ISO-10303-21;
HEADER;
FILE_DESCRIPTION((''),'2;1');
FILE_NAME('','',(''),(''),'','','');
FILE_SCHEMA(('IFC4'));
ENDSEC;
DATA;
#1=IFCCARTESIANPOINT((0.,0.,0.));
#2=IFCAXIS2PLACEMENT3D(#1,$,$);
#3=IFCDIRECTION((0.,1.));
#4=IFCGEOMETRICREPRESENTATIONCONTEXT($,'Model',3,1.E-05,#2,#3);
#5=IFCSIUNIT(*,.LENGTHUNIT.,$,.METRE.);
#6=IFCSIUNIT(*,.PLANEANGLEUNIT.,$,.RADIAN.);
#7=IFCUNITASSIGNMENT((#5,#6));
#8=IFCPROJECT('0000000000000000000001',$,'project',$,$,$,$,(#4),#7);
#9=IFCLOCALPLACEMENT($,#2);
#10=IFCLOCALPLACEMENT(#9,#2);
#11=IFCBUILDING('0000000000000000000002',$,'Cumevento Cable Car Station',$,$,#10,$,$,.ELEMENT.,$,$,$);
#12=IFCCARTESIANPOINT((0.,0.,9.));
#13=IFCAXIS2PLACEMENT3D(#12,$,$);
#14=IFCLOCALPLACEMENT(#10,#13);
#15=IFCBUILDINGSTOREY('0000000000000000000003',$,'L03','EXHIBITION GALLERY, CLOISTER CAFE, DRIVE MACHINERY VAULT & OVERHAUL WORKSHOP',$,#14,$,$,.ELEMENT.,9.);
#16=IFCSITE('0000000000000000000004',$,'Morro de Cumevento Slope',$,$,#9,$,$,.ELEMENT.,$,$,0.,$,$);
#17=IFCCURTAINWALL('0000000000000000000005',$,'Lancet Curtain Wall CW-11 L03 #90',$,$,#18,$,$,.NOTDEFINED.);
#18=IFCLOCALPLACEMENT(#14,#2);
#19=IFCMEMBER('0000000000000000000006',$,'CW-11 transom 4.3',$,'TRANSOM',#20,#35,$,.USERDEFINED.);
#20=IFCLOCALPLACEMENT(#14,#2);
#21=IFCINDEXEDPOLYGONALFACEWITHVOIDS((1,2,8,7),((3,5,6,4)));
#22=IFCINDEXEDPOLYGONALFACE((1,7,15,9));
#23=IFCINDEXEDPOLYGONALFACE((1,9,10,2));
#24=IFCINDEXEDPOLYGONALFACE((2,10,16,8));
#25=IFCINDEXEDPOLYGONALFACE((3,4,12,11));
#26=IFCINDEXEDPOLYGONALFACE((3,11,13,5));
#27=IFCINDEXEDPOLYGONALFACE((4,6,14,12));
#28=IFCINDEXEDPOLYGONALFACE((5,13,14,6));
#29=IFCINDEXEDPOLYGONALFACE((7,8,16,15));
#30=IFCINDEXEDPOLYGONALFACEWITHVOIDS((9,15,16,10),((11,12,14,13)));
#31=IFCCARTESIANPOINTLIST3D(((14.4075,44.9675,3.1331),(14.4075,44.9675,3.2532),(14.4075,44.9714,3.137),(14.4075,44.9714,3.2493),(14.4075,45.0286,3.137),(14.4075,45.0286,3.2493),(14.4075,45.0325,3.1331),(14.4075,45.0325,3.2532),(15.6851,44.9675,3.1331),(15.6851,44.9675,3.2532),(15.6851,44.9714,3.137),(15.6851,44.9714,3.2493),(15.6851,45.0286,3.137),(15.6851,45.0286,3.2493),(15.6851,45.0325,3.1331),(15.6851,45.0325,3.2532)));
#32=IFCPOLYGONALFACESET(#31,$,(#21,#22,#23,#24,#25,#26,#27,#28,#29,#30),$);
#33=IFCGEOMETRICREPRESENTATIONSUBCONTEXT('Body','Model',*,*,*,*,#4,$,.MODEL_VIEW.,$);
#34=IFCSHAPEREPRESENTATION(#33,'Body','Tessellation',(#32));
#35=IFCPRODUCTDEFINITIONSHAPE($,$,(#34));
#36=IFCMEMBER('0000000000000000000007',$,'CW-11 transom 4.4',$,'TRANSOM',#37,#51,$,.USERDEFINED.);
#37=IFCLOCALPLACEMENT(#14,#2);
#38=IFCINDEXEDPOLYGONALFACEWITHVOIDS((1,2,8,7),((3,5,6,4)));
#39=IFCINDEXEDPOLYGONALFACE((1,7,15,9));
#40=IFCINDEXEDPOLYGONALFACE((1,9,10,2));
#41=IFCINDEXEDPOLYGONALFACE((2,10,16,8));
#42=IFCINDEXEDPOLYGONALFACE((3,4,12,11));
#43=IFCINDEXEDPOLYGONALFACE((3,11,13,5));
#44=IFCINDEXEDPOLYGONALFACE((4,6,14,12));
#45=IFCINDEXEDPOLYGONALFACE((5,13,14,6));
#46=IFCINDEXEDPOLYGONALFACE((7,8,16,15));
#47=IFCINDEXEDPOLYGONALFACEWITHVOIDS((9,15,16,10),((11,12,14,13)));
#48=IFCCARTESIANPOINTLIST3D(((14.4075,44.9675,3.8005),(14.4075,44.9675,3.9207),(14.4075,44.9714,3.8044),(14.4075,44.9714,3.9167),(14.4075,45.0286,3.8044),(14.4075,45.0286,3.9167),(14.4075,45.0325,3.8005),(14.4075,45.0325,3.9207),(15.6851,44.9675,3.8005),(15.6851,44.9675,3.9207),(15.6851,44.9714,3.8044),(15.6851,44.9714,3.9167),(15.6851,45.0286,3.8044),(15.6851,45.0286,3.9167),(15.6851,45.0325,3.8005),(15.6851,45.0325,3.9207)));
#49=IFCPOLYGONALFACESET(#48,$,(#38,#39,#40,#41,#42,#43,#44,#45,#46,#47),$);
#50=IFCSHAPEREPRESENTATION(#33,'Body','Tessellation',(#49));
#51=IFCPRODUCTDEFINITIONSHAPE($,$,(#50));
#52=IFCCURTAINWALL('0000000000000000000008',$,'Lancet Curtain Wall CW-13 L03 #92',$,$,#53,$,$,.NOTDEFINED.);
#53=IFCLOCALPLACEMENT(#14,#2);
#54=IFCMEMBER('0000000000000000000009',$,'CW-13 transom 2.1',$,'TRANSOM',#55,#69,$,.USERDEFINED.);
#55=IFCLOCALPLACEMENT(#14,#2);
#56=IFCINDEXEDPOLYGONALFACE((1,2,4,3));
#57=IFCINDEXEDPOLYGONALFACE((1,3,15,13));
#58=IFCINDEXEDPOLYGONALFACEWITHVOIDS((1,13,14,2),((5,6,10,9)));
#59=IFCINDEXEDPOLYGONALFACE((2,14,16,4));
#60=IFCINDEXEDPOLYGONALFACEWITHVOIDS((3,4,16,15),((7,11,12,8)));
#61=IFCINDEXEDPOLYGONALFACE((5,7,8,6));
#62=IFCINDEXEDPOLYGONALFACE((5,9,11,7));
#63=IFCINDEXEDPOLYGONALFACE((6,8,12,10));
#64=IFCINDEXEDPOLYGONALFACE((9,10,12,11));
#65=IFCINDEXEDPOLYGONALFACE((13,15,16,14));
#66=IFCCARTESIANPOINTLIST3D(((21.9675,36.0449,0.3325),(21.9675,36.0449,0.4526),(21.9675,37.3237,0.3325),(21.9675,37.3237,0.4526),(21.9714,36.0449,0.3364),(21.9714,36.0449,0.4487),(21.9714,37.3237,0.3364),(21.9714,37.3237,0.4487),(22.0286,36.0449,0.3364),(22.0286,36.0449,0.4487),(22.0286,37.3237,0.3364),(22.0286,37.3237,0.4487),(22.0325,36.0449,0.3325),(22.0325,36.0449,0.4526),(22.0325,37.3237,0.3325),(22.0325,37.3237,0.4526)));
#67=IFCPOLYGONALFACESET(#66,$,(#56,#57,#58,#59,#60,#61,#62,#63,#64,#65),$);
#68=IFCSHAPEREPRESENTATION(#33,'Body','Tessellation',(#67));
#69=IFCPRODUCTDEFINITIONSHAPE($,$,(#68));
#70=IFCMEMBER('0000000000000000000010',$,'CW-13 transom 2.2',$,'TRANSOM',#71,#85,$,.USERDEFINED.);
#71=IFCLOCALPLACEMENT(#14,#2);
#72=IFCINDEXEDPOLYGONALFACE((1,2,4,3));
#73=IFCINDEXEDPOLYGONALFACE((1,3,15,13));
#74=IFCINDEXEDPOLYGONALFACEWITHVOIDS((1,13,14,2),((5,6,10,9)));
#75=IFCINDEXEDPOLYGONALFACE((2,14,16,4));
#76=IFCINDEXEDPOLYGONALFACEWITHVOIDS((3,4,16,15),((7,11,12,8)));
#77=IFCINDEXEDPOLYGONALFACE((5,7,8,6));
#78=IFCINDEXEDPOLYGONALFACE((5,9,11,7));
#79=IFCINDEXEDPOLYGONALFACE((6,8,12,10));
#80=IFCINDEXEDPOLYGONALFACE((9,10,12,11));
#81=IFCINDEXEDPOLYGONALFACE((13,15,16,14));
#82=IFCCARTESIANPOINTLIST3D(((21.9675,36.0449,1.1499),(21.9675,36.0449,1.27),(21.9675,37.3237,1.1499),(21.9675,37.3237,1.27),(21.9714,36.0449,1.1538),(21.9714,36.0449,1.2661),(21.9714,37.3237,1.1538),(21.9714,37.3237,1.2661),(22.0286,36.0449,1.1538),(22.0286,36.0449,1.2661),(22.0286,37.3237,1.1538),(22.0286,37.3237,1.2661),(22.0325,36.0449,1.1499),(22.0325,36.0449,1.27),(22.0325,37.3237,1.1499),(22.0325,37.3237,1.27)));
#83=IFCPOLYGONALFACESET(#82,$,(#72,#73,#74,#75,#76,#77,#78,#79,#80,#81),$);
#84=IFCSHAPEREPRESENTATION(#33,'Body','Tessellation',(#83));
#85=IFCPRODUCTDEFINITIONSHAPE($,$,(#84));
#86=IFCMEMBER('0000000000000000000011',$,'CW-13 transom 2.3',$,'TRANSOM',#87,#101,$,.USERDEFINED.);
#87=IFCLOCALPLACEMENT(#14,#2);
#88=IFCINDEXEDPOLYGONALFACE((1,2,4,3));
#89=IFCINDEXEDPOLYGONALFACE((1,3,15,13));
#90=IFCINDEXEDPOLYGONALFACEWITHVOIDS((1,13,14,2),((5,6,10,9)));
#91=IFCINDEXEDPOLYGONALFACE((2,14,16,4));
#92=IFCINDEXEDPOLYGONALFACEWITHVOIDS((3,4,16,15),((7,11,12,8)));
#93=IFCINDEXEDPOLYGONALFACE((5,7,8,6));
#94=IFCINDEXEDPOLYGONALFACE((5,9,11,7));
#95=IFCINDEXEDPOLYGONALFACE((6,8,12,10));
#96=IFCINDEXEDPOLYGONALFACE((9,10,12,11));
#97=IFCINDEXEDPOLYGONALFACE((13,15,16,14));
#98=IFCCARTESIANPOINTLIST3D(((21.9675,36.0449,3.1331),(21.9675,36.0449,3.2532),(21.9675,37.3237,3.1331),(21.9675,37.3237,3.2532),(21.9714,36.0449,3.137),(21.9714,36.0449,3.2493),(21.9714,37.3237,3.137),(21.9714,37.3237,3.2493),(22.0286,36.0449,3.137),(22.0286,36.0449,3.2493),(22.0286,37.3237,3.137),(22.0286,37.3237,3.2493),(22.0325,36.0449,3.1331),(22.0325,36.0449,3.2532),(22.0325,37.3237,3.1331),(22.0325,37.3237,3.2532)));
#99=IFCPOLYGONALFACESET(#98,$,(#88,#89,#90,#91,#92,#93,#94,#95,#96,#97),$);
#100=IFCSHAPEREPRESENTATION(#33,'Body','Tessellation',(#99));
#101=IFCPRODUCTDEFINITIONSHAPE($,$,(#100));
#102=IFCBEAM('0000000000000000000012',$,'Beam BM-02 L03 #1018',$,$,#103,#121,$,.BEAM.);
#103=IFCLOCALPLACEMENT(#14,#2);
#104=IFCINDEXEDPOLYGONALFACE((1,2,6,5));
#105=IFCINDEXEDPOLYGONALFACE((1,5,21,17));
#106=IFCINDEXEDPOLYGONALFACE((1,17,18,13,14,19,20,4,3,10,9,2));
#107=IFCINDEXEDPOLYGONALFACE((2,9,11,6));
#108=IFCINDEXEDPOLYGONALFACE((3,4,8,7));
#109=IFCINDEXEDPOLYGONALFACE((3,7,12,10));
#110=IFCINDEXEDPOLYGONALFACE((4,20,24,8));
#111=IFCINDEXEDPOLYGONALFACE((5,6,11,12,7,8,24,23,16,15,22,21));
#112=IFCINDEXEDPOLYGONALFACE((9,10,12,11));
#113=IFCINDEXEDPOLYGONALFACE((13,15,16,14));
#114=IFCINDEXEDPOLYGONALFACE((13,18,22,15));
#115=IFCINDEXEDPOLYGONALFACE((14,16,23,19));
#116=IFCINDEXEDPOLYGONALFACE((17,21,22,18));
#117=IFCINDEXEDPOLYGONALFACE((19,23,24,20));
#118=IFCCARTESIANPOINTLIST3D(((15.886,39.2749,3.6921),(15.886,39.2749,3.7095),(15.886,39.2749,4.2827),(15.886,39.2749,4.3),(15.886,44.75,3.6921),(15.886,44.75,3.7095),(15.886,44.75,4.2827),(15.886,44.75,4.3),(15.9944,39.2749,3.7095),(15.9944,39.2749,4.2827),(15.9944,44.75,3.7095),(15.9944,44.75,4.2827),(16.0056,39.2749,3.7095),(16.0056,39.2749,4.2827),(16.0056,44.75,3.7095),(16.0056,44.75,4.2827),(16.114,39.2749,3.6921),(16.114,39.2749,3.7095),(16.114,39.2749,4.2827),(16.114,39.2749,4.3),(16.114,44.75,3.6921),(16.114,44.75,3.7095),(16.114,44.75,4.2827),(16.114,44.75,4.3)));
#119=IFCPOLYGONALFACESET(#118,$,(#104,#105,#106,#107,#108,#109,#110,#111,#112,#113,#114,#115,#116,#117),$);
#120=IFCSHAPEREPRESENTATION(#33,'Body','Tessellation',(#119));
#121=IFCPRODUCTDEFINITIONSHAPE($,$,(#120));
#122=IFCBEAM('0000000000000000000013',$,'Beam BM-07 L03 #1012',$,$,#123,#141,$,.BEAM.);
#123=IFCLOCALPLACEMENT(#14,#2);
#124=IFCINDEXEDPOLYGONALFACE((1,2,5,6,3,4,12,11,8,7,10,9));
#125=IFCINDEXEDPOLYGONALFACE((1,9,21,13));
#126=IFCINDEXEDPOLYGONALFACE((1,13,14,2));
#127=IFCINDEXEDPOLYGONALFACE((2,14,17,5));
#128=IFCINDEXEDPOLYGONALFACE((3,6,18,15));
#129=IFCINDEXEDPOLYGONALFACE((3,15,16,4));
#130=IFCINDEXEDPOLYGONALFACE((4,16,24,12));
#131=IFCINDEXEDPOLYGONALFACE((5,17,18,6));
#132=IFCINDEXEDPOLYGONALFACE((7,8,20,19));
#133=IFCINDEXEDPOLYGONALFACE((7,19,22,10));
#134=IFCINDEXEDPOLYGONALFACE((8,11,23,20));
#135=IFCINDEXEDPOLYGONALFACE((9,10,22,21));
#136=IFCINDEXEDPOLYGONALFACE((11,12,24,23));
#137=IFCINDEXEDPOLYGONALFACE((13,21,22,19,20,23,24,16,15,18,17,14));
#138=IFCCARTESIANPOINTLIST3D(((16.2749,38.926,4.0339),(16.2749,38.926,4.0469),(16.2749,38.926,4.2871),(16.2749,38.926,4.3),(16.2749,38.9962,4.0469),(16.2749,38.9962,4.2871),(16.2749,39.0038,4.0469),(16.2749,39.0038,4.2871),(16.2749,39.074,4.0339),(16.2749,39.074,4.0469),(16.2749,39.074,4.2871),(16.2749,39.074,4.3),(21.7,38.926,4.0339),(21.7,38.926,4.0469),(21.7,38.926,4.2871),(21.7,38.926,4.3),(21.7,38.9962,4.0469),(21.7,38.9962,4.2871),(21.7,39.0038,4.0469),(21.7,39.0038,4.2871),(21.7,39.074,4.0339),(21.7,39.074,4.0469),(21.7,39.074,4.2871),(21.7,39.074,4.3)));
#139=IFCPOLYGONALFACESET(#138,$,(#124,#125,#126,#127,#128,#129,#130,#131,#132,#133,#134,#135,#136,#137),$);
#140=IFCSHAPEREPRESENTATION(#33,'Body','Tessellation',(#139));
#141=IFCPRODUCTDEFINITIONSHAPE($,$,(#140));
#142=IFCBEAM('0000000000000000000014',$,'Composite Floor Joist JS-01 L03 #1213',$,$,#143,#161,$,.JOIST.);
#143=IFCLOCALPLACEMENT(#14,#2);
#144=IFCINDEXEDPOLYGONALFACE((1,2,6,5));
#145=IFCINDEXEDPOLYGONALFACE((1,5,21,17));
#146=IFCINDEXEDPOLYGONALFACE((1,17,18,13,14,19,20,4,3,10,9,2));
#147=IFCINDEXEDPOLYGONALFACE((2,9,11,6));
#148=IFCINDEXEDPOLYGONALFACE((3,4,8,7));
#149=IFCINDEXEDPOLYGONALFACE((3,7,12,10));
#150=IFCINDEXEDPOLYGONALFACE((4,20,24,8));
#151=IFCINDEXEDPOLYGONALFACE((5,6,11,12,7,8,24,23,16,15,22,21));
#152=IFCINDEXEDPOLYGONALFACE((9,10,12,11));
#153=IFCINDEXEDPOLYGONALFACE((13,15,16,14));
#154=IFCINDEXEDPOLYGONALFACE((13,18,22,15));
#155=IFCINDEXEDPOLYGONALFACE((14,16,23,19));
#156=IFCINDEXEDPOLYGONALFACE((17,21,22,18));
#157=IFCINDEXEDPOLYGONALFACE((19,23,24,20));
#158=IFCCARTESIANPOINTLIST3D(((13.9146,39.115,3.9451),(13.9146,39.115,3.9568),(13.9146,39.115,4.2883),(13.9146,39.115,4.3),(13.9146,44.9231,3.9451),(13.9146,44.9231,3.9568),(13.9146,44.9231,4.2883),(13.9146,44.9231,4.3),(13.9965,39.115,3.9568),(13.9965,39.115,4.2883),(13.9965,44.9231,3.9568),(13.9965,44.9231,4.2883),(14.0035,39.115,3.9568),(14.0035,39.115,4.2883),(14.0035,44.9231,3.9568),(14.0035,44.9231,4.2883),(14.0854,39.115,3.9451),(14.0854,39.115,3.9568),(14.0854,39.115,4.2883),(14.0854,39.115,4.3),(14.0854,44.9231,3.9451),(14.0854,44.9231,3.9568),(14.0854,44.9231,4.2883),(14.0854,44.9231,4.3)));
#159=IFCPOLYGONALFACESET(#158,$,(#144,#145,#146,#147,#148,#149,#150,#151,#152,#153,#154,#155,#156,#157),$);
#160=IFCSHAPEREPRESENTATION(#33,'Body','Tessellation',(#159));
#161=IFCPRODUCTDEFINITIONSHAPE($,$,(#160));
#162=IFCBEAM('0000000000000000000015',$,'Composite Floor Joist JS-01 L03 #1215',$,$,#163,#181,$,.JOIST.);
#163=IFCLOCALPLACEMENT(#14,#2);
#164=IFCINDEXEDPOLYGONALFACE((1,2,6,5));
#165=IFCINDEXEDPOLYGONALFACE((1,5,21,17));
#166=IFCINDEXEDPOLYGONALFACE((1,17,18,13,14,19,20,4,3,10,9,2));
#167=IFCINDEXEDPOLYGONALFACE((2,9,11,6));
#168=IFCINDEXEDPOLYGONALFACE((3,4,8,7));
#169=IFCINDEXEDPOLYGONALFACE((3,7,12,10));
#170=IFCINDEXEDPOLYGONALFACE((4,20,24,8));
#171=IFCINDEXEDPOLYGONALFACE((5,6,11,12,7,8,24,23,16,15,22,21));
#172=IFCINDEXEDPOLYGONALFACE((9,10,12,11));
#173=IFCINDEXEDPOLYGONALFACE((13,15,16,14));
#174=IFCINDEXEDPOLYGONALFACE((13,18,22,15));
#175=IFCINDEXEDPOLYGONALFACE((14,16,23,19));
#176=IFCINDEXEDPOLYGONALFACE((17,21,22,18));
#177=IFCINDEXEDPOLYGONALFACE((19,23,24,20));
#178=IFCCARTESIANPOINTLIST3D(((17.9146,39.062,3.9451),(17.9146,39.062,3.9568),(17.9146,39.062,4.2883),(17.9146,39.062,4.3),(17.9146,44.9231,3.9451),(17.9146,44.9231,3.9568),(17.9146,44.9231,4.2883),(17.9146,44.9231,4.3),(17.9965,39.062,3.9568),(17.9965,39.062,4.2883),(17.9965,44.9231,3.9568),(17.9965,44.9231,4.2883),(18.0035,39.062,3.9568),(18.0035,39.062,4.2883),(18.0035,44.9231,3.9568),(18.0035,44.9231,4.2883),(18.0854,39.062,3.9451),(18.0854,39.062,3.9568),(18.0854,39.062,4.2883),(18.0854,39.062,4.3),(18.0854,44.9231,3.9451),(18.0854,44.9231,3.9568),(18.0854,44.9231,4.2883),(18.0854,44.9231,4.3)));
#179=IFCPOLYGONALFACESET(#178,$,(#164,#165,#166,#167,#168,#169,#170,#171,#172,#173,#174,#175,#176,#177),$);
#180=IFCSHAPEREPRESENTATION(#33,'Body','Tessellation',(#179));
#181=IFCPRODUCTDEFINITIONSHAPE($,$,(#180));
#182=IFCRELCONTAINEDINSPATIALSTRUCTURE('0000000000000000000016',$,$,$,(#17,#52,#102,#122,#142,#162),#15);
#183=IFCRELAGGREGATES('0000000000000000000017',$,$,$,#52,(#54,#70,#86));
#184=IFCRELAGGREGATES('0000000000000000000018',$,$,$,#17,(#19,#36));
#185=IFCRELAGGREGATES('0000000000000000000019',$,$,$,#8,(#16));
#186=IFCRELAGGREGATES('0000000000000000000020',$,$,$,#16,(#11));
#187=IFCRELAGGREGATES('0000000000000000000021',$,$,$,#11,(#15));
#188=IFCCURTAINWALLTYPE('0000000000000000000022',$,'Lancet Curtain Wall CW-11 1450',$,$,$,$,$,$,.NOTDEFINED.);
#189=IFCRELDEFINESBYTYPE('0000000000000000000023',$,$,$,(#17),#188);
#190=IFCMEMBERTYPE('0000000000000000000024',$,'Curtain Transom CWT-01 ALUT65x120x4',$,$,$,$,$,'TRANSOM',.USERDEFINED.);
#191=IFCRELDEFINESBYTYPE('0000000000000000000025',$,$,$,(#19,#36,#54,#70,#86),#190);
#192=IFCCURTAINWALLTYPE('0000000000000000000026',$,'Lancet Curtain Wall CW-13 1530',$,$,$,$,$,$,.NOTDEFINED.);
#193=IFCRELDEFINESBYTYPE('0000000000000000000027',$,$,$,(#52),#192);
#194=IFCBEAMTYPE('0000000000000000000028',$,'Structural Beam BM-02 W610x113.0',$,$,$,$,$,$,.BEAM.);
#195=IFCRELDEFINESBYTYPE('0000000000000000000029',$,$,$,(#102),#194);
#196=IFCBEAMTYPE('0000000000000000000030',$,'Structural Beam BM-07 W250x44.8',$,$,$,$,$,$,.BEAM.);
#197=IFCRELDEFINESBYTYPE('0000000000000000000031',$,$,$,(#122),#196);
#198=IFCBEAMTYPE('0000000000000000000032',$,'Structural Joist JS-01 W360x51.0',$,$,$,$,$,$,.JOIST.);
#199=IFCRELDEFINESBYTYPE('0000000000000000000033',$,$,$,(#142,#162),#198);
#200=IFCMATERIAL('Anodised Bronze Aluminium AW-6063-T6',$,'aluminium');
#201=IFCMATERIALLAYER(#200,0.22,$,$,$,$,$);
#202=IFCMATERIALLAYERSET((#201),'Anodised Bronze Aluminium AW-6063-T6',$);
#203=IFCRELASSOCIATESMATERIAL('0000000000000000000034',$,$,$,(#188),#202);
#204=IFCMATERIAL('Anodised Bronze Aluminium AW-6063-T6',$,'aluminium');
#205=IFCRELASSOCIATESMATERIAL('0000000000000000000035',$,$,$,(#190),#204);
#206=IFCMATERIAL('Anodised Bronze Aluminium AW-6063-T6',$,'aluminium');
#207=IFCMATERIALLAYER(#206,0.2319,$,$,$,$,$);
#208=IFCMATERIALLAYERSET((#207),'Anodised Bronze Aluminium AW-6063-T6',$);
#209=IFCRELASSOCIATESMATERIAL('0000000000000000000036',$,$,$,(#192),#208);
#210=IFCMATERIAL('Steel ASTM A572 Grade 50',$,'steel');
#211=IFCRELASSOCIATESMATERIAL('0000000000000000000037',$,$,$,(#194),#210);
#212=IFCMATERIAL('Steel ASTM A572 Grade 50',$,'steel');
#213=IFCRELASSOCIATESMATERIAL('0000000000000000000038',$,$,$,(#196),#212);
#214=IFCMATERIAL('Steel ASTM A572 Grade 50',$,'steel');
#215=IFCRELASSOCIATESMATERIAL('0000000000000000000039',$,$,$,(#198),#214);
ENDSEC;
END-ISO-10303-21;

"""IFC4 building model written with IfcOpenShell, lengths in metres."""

from ifc_helpers import new_model, si_unit, direction, frame, origin, origin_2d, place, context, subcontext, project, spatial, hollow_rectangle, i_section, extrude, material, layer, layer_set, material_profile, profile_set, type_object, element, aggregate, save


model = new_model("IFC4")

# Units and contexts
model_context = context("Model", 3, precision=1e-05, world=origin(), true_north=direction((0.0, 1.0)))
body_context = subcontext(model_context, "Body", "Model", "MODEL_VIEW")
ifc_project = project(units=[si_unit("LENGTHUNIT", "METRE"), si_unit("PLANEANGLEUNIT", "RADIAN")], contexts=[model_context])

# Site, building, storey
site_placement = place(None, origin())
site = spatial("IfcSite", under=ifc_project, at=site_placement, Name="Morro de Cumevento Slope", CompositionType="ELEMENT", RefElevation=0.0)
building_placement = place(site_placement, origin())
building = spatial("IfcBuilding", under=site, at=building_placement, Name="Cumevento Cable Car Station", CompositionType="ELEMENT")
storey_placement = place(building_placement, frame((0.0, 0.0, 9.0)))
storey = spatial("IfcBuildingStorey", under=building, at=storey_placement, Name="L03", Description="EXHIBITION GALLERY, CLOISTER CAFE, DRIVE MACHINERY VAULT & OVERHAUL WORKSHOP", CompositionType="ELEMENT", Elevation=9.0)

# Curtain walls, members
ifc_material_1 = material(Name="Anodised Bronze Aluminium AW-6063-T6", Category="aluminium")
ifc_layer_1 = layer(ifc_material_1, 0.22)
ifc_layer_set_1 = layer_set([ifc_layer_1], Name="Anodised Bronze Aluminium AW-6063-T6")
curtain_wall_type_1 = type_object("IfcCurtainWallType", Name="Lancet Curtain Wall CW-11 1450", PredefinedType="NOTDEFINED", material=ifc_layer_set_1)
curtain_wall_1_placement = place(storey_placement, origin())
curtain_wall_1 = element("IfcCurtainWall", 1, at=curtain_wall_1_placement, inside=storey, type_object=curtain_wall_type_1, Name="Lancet Curtain Wall CW-11 L03 #90", PredefinedType="NOTDEFINED")
ifc_material_2 = material(Name="Anodised Bronze Aluminium AW-6063-T6", Category="aluminium")
ifc_material_profile_1 = material_profile(ifc_material_2, hollow_rectangle(XDim=0.0649, YDim=0.1201, WallThickness=0.0039, at=origin_2d()), Name="ALUT65x120x4")
ifc_profile_set_1 = profile_set([ifc_material_profile_1], Name="Anodised Bronze Aluminium AW-6063-T6")
member_type_1 = type_object("IfcMemberType", Name="Curtain Transom CWT-01 ALUT65x120x4", ElementType="TRANSOM", PredefinedType="USERDEFINED", material=ifc_profile_set_1)
member_1_placement = place(storey_placement, frame((14.4075, 45.0, 3.1931), z_axis=(1.0, 0.0, 0.0), x_axis=(0.0, 1.0, 0.0)))
member_1 = element("IfcMember", 2, at=member_1_placement, type_object=member_type_1, Name="CW-11 transom 4.3", ObjectType="TRANSOM", PredefinedType="USERDEFINED", context=body_context, shape_type="SweptSolid", body=[
    extrude(hollow_rectangle(XDim=0.0649, YDim=0.1201, WallThickness=0.0039, at=origin_2d()), origin(), (0.0, 0.0, 1.0), 1.2776),
])
member_2_placement = place(storey_placement, frame((14.4075, 45.0, 3.8606), z_axis=(1.0, 0.0, 0.0), x_axis=(0.0, 1.0, 0.0)))
member_2 = element("IfcMember", 3, at=member_2_placement, type_object=member_type_1, Name="CW-11 transom 4.4", ObjectType="TRANSOM", PredefinedType="USERDEFINED", context=body_context, shape_type="SweptSolid", body=[
    extrude(hollow_rectangle(XDim=0.0649, YDim=0.1201, WallThickness=0.0039, at=origin_2d()), origin(), (0.0, 0.0, 1.0), 1.2776),
])
ifc_material_3 = material(Name="Anodised Bronze Aluminium AW-6063-T6", Category="aluminium")
ifc_layer_2 = layer(ifc_material_3, 0.2319)
ifc_layer_set_2 = layer_set([ifc_layer_2], Name="Anodised Bronze Aluminium AW-6063-T6")
curtain_wall_type_2 = type_object("IfcCurtainWallType", Name="Lancet Curtain Wall CW-13 1530", PredefinedType="NOTDEFINED", material=ifc_layer_set_2)
curtain_wall_2_placement = place(storey_placement, origin())
curtain_wall_2 = element("IfcCurtainWall", 4, at=curtain_wall_2_placement, inside=storey, type_object=curtain_wall_type_2, Name="Lancet Curtain Wall CW-13 L03 #92", PredefinedType="NOTDEFINED")
member_3_placement = place(storey_placement, frame((22.0, 37.3237, 0.3926), z_axis=(0.0, -1.0, 0.0), x_axis=(1.0, 0.0, 0.0)))
member_3 = element("IfcMember", 5, at=member_3_placement, type_object=member_type_1, Name="CW-13 transom 2.1", ObjectType="TRANSOM", PredefinedType="USERDEFINED", context=body_context, shape_type="SweptSolid", body=[
    extrude(hollow_rectangle(XDim=0.0649, YDim=0.1201, WallThickness=0.0039, at=origin_2d()), origin(), (0.0, 0.0, 1.0), 1.2788),
])
member_4_placement = place(storey_placement, frame((22.0, 37.3237, 1.21), z_axis=(0.0, -1.0, 0.0), x_axis=(1.0, 0.0, 0.0)))
member_4 = element("IfcMember", 6, at=member_4_placement, type_object=member_type_1, Name="CW-13 transom 2.2", ObjectType="TRANSOM", PredefinedType="USERDEFINED", context=body_context, shape_type="SweptSolid", body=[
    extrude(hollow_rectangle(XDim=0.0649, YDim=0.1201, WallThickness=0.0039, at=origin_2d()), origin(), (0.0, 0.0, 1.0), 1.2788),
])
member_5_placement = place(storey_placement, frame((22.0, 37.3237, 3.1931), z_axis=(0.0, -1.0, 0.0), x_axis=(1.0, 0.0, 0.0)))
member_5 = element("IfcMember", 7, at=member_5_placement, type_object=member_type_1, Name="CW-13 transom 2.3", ObjectType="TRANSOM", PredefinedType="USERDEFINED", context=body_context, shape_type="SweptSolid", body=[
    extrude(hollow_rectangle(XDim=0.0649, YDim=0.1201, WallThickness=0.0039, at=origin_2d()), origin(), (0.0, 0.0, 1.0), 1.2788),
])
aggregate(curtain_wall_2, [member_3, member_4, member_5])

# Beams
ifc_material_4 = material(Name="Steel ASTM A572 Grade 50", Category="steel")
ifc_material_profile_2 = material_profile(ifc_material_4, i_section(OverallWidth=0.228, OverallDepth=0.6079, WebThickness=0.0112, FlangeThickness=0.0173, at=origin_2d()), Name="W610x113.0")
ifc_profile_set_2 = profile_set([ifc_material_profile_2], Name="Steel ASTM A572 Grade 50")
beam_type_1 = type_object("IfcBeamType", Name="Structural Beam BM-02 W610x113.0", PredefinedType="BEAM", material=ifc_profile_set_2)
beam_1_placement = place(storey_placement, frame((16.0, 39.2749, 3.9961), z_axis=(0.0, 1.0, 0.0), x_axis=(-1.0, 0.0, 0.0)))
element("IfcBeam", 8, at=beam_1_placement, inside=storey, type_object=beam_type_1, Name="Beam BM-02 L03 #1018", PredefinedType="BEAM", context=body_context, shape_type="SweptSolid", body=[
    extrude(i_section(OverallWidth=0.228, OverallDepth=0.6079, WebThickness=0.0112, FlangeThickness=0.0173, at=origin_2d()), origin(), (0.0, 0.0, 1.0), 5.4751),
])
ifc_material_5 = material(Name="Steel ASTM A572 Grade 50", Category="steel")
ifc_material_profile_3 = material_profile(ifc_material_5, i_section(OverallWidth=0.1479, OverallDepth=0.2661, WebThickness=0.0076, FlangeThickness=0.0129, at=origin_2d()), Name="W250x44.8")
ifc_profile_set_3 = profile_set([ifc_material_profile_3], Name="Steel ASTM A572 Grade 50")
beam_type_2 = type_object("IfcBeamType", Name="Structural Beam BM-07 W250x44.8", PredefinedType="BEAM", material=ifc_profile_set_3)
beam_2_placement = place(storey_placement, frame((16.2749, 39.0, 4.167), z_axis=(1.0, 0.0, 0.0), x_axis=(0.0, 1.0, 0.0)))
element("IfcBeam", 9, at=beam_2_placement, inside=storey, type_object=beam_type_2, Name="Beam BM-07 L03 #1012", PredefinedType="BEAM", context=body_context, shape_type="SweptSolid", body=[
    extrude(i_section(OverallWidth=0.1479, OverallDepth=0.2661, WebThickness=0.0076, FlangeThickness=0.0129, at=origin_2d()), origin(), (0.0, 0.0, 1.0), 5.425),
])
ifc_material_6 = material(Name="Steel ASTM A572 Grade 50", Category="steel")
ifc_material_profile_4 = material_profile(ifc_material_6, i_section(OverallWidth=0.1709, OverallDepth=0.355, WebThickness=0.0071, FlangeThickness=0.0117, at=origin_2d()), Name="W360x51.0")
ifc_profile_set_4 = profile_set([ifc_material_profile_4], Name="Steel ASTM A572 Grade 50")
beam_type_3 = type_object("IfcBeamType", Name="Structural Joist JS-01 W360x51.0", PredefinedType="JOIST", material=ifc_profile_set_4)
beam_3_placement = place(storey_placement, frame((14.0, 39.115, 4.1226), z_axis=(0.0, 1.0, 0.0), x_axis=(-1.0, 0.0, 0.0)))
element("IfcBeam", 10, at=beam_3_placement, inside=storey, type_object=beam_type_3, Name="Composite Floor Joist JS-01 L03 #1213", PredefinedType="JOIST", context=body_context, shape_type="SweptSolid", body=[
    extrude(i_section(OverallWidth=0.1709, OverallDepth=0.355, WebThickness=0.0071, FlangeThickness=0.0117, at=origin_2d()), origin(), (0.0, 0.0, 1.0), 5.8081),
])
for number, where, z_axis, x_axis, name in (
    (11, (18.0, 39.062, 4.1226), (0.0, 1.0, 0.0), (-1.0, 0.0, 0.0), "Composite Floor Joist JS-01 L03 #1215"),
):
    element("IfcBeam", number, at=place(storey_placement, frame(where, z_axis=z_axis, x_axis=x_axis)), inside=storey, type_object=beam_type_3, Name=name, PredefinedType="JOIST", context=body_context, shape_type="SweptSolid", body=[
        extrude(i_section(OverallWidth=0.1709, OverallDepth=0.355, WebThickness=0.0071, FlangeThickness=0.0117, at=origin_2d()), origin(), (0.0, 0.0, 1.0), 5.8611),
    ])

aggregate(curtain_wall_1, [member_1, member_2])

save(model, "model.ifc")
